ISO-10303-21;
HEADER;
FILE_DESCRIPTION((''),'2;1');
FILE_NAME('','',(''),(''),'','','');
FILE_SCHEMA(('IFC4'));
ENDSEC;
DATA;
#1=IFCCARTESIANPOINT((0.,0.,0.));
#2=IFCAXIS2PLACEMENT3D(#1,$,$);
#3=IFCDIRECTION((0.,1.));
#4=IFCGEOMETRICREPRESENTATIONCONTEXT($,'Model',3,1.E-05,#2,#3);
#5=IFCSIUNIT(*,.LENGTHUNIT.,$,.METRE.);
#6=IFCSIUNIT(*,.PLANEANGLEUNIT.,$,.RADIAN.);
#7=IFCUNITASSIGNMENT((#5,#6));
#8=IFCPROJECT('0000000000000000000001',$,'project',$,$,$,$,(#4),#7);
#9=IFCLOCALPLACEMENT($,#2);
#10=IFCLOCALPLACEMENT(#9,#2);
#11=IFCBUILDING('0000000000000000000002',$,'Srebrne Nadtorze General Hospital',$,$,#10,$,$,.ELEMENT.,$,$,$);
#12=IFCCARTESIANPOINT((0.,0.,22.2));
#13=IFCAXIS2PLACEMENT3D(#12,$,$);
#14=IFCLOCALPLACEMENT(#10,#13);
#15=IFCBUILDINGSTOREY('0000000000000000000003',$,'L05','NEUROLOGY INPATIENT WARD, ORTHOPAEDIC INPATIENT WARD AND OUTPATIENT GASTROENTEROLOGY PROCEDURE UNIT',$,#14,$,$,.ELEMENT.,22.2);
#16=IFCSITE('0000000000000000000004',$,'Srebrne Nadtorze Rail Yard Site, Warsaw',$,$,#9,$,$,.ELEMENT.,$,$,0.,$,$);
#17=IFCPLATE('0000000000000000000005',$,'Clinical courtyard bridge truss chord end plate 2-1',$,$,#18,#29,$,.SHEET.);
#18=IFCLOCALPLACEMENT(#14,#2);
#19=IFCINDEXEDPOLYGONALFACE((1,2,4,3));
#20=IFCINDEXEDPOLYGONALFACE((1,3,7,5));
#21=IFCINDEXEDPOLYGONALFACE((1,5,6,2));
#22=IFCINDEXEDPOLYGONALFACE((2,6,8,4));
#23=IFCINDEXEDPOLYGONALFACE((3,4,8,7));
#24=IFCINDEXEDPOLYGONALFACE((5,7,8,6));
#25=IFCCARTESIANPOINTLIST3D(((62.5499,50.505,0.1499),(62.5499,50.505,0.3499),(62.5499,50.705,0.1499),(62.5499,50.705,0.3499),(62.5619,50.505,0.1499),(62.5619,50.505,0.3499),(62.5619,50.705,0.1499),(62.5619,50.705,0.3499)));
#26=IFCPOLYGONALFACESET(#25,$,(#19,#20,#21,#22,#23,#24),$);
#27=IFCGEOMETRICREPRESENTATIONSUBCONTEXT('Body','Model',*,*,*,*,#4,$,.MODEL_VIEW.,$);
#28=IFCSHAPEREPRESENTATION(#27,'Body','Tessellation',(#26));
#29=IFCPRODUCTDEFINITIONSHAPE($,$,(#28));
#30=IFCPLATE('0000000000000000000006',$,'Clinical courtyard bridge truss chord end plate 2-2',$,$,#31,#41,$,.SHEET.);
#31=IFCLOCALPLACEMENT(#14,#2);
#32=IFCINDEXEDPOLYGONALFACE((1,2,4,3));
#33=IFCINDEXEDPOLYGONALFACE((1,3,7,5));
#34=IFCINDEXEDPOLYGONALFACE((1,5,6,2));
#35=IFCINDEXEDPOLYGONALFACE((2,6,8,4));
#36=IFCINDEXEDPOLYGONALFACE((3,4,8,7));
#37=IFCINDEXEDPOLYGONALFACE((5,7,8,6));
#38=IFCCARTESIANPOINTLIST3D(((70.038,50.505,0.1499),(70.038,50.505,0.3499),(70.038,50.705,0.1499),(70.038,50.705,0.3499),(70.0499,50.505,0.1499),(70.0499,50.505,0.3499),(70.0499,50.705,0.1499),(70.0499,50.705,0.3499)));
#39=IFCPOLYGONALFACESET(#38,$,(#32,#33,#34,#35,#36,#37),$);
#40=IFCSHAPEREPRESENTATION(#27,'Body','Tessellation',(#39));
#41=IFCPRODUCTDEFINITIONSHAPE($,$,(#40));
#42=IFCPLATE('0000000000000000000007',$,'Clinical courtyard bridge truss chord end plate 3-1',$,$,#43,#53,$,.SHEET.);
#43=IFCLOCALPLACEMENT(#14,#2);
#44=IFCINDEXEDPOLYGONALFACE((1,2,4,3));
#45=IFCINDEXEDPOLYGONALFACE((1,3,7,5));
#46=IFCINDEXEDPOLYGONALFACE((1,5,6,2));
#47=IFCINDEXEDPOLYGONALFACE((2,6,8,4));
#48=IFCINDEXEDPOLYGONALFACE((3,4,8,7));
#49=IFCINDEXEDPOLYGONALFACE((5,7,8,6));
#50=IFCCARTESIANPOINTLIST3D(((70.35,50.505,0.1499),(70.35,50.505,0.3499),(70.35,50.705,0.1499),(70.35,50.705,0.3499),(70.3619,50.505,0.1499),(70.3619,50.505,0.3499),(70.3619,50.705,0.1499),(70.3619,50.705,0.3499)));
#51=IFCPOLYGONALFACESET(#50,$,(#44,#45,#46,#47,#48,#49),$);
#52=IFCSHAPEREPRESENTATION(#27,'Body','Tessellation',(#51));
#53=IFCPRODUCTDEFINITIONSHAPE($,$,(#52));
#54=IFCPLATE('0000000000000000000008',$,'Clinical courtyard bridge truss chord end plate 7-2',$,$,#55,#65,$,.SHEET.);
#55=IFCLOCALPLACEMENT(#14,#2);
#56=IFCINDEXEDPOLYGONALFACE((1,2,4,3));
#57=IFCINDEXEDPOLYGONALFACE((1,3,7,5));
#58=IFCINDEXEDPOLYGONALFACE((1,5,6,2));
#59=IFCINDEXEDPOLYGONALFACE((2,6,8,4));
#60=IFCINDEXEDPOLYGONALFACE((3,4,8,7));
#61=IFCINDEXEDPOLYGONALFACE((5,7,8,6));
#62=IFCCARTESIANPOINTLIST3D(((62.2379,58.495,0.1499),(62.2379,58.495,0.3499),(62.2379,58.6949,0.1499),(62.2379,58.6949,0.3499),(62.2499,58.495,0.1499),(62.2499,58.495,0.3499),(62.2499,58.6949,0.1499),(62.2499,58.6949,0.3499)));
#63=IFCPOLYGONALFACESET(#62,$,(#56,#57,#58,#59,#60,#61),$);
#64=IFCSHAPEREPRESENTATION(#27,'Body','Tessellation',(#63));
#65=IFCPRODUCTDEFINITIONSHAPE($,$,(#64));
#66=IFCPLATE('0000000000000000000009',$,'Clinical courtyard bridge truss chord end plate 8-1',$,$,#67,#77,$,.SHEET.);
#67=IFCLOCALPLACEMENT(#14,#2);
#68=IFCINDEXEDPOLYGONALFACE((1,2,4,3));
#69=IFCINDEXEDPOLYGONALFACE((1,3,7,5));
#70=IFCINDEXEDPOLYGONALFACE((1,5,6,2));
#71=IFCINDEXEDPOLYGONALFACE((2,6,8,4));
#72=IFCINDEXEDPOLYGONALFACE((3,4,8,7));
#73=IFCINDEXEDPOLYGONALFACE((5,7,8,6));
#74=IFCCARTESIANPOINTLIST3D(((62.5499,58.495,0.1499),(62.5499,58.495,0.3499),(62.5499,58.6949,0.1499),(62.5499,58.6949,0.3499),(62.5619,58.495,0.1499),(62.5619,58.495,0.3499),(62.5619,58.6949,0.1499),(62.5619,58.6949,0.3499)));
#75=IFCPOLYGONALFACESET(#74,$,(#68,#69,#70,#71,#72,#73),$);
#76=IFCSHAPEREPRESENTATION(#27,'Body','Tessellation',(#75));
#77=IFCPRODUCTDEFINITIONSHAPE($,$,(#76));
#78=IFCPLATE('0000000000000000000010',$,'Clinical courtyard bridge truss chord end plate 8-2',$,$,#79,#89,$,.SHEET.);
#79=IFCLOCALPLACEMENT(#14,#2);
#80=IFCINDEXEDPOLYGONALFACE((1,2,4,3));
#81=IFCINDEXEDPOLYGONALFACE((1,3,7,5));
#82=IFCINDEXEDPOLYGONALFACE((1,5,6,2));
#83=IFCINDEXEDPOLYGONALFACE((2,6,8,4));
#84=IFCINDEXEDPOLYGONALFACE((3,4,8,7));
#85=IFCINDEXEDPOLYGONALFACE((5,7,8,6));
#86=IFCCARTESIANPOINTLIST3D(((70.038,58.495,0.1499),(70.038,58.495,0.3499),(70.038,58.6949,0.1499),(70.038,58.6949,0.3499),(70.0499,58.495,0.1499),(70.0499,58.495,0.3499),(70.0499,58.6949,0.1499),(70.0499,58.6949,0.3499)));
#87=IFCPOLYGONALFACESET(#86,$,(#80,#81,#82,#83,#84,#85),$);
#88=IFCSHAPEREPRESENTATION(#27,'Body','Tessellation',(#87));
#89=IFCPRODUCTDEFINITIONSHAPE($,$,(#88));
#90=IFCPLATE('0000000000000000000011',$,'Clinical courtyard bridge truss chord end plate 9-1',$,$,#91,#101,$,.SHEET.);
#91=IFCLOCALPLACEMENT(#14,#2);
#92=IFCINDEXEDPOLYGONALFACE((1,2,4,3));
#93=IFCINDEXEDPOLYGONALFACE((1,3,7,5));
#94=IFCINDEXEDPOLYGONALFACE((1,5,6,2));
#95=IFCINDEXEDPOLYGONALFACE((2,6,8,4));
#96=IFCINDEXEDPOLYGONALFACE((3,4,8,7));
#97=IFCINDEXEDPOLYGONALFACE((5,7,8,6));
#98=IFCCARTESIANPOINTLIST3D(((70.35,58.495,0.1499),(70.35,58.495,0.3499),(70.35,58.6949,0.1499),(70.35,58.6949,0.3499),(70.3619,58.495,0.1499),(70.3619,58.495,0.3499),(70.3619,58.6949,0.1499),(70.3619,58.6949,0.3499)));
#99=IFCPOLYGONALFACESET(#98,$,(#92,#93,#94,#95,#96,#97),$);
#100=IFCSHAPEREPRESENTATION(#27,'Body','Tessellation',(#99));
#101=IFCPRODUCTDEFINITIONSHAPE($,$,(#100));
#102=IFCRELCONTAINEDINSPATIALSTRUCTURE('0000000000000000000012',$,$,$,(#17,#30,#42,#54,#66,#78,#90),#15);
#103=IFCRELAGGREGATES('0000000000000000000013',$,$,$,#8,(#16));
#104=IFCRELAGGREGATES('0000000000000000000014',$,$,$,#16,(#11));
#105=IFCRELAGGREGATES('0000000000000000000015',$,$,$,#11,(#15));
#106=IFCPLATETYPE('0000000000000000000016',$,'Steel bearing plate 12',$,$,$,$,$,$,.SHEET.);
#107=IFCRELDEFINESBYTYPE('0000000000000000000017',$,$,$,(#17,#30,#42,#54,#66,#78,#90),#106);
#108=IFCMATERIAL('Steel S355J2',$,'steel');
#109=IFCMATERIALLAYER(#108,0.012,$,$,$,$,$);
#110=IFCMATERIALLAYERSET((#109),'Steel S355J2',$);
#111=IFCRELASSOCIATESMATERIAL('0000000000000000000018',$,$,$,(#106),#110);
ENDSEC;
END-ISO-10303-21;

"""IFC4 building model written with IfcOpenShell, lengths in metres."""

from ifc_helpers import new_model, si_unit, direction, frame, origin, origin_2d, place, context, subcontext, project, spatial, rectangle, extrude, material, layer, layer_set, type_object, element, save


model = new_model("IFC4")

# Units and contexts
model_context = context("Model", 3, precision=1e-05, world=origin(), true_north=direction((0.0, 1.0)))
body_context = subcontext(model_context, "Body", "Model", "MODEL_VIEW")
ifc_project = project(units=[si_unit("LENGTHUNIT", "METRE"), si_unit("PLANEANGLEUNIT", "RADIAN")], contexts=[model_context])

# Site, building, storey
site_placement = place(None, origin())
site = spatial("IfcSite", under=ifc_project, at=site_placement, Name="Srebrne Nadtorze Rail Yard Site, Warsaw", CompositionType="ELEMENT", RefElevation=0.0)
building_placement = place(site_placement, origin())
building = spatial("IfcBuilding", under=site, at=building_placement, Name="Srebrne Nadtorze General Hospital", CompositionType="ELEMENT")
storey_placement = place(building_placement, frame((0.0, 0.0, 22.2)))
storey = spatial("IfcBuildingStorey", under=building, at=storey_placement, Name="L05", Description="NEUROLOGY INPATIENT WARD, ORTHOPAEDIC INPATIENT WARD AND OUTPATIENT GASTROENTEROLOGY PROCEDURE UNIT", CompositionType="ELEMENT", Elevation=22.2)

# Plates
ifc_material_1 = material(Name="Steel S355J2", Category="steel")
ifc_layer_1 = layer(ifc_material_1, 0.012)
ifc_layer_set_1 = layer_set([ifc_layer_1], Name="Steel S355J2")
plate_type_1 = type_object("IfcPlateType", Name="Steel bearing plate 12", PredefinedType="SHEET", material=ifc_layer_set_1)
for number, where, z_axis, x_axis, name in (
    (1, (62.5559, 50.605, 0.1499), (0.0, 0.0, 1.0), (1.0, 0.0, 0.0), "Clinical courtyard bridge truss chord end plate 2-1"),
    (2, (70.0439, 50.605, 0.1499), (0.0, 0.0, 1.0), (1.0, 0.0, 0.0), "Clinical courtyard bridge truss chord end plate 2-2"),
    (3, (70.356, 50.605, 0.1499), (0.0, 0.0, 1.0), (1.0, 0.0, 0.0), "Clinical courtyard bridge truss chord end plate 3-1"),
    (4, (62.2439, 58.595, 0.1499), (0.0, 0.0, 1.0), (1.0, 0.0, 0.0), "Clinical courtyard bridge truss chord end plate 7-2"),
    (5, (62.5559, 58.595, 0.1499), (0.0, 0.0, 1.0), (1.0, 0.0, 0.0), "Clinical courtyard bridge truss chord end plate 8-1"),
    (6, (70.0439, 58.595, 0.1499), (0.0, 0.0, 1.0), (1.0, 0.0, 0.0), "Clinical courtyard bridge truss chord end plate 8-2"),
    (7, (70.356, 58.595, 0.1499), (0.0, 0.0, 1.0), (1.0, 0.0, 0.0), "Clinical courtyard bridge truss chord end plate 9-1"),
):
    element("IfcPlate", number, at=place(storey_placement, frame(where, z_axis=z_axis, x_axis=x_axis)), inside=storey, type_object=plate_type_1, Name=name, PredefinedType="SHEET", context=body_context, shape_type="SweptSolid", body=[
        extrude(rectangle(XDim=0.012, YDim=0.2, at=origin_2d()), origin(), (0.0, 0.0, 1.0), 0.2),
    ])

save(model, "model.ifc")
